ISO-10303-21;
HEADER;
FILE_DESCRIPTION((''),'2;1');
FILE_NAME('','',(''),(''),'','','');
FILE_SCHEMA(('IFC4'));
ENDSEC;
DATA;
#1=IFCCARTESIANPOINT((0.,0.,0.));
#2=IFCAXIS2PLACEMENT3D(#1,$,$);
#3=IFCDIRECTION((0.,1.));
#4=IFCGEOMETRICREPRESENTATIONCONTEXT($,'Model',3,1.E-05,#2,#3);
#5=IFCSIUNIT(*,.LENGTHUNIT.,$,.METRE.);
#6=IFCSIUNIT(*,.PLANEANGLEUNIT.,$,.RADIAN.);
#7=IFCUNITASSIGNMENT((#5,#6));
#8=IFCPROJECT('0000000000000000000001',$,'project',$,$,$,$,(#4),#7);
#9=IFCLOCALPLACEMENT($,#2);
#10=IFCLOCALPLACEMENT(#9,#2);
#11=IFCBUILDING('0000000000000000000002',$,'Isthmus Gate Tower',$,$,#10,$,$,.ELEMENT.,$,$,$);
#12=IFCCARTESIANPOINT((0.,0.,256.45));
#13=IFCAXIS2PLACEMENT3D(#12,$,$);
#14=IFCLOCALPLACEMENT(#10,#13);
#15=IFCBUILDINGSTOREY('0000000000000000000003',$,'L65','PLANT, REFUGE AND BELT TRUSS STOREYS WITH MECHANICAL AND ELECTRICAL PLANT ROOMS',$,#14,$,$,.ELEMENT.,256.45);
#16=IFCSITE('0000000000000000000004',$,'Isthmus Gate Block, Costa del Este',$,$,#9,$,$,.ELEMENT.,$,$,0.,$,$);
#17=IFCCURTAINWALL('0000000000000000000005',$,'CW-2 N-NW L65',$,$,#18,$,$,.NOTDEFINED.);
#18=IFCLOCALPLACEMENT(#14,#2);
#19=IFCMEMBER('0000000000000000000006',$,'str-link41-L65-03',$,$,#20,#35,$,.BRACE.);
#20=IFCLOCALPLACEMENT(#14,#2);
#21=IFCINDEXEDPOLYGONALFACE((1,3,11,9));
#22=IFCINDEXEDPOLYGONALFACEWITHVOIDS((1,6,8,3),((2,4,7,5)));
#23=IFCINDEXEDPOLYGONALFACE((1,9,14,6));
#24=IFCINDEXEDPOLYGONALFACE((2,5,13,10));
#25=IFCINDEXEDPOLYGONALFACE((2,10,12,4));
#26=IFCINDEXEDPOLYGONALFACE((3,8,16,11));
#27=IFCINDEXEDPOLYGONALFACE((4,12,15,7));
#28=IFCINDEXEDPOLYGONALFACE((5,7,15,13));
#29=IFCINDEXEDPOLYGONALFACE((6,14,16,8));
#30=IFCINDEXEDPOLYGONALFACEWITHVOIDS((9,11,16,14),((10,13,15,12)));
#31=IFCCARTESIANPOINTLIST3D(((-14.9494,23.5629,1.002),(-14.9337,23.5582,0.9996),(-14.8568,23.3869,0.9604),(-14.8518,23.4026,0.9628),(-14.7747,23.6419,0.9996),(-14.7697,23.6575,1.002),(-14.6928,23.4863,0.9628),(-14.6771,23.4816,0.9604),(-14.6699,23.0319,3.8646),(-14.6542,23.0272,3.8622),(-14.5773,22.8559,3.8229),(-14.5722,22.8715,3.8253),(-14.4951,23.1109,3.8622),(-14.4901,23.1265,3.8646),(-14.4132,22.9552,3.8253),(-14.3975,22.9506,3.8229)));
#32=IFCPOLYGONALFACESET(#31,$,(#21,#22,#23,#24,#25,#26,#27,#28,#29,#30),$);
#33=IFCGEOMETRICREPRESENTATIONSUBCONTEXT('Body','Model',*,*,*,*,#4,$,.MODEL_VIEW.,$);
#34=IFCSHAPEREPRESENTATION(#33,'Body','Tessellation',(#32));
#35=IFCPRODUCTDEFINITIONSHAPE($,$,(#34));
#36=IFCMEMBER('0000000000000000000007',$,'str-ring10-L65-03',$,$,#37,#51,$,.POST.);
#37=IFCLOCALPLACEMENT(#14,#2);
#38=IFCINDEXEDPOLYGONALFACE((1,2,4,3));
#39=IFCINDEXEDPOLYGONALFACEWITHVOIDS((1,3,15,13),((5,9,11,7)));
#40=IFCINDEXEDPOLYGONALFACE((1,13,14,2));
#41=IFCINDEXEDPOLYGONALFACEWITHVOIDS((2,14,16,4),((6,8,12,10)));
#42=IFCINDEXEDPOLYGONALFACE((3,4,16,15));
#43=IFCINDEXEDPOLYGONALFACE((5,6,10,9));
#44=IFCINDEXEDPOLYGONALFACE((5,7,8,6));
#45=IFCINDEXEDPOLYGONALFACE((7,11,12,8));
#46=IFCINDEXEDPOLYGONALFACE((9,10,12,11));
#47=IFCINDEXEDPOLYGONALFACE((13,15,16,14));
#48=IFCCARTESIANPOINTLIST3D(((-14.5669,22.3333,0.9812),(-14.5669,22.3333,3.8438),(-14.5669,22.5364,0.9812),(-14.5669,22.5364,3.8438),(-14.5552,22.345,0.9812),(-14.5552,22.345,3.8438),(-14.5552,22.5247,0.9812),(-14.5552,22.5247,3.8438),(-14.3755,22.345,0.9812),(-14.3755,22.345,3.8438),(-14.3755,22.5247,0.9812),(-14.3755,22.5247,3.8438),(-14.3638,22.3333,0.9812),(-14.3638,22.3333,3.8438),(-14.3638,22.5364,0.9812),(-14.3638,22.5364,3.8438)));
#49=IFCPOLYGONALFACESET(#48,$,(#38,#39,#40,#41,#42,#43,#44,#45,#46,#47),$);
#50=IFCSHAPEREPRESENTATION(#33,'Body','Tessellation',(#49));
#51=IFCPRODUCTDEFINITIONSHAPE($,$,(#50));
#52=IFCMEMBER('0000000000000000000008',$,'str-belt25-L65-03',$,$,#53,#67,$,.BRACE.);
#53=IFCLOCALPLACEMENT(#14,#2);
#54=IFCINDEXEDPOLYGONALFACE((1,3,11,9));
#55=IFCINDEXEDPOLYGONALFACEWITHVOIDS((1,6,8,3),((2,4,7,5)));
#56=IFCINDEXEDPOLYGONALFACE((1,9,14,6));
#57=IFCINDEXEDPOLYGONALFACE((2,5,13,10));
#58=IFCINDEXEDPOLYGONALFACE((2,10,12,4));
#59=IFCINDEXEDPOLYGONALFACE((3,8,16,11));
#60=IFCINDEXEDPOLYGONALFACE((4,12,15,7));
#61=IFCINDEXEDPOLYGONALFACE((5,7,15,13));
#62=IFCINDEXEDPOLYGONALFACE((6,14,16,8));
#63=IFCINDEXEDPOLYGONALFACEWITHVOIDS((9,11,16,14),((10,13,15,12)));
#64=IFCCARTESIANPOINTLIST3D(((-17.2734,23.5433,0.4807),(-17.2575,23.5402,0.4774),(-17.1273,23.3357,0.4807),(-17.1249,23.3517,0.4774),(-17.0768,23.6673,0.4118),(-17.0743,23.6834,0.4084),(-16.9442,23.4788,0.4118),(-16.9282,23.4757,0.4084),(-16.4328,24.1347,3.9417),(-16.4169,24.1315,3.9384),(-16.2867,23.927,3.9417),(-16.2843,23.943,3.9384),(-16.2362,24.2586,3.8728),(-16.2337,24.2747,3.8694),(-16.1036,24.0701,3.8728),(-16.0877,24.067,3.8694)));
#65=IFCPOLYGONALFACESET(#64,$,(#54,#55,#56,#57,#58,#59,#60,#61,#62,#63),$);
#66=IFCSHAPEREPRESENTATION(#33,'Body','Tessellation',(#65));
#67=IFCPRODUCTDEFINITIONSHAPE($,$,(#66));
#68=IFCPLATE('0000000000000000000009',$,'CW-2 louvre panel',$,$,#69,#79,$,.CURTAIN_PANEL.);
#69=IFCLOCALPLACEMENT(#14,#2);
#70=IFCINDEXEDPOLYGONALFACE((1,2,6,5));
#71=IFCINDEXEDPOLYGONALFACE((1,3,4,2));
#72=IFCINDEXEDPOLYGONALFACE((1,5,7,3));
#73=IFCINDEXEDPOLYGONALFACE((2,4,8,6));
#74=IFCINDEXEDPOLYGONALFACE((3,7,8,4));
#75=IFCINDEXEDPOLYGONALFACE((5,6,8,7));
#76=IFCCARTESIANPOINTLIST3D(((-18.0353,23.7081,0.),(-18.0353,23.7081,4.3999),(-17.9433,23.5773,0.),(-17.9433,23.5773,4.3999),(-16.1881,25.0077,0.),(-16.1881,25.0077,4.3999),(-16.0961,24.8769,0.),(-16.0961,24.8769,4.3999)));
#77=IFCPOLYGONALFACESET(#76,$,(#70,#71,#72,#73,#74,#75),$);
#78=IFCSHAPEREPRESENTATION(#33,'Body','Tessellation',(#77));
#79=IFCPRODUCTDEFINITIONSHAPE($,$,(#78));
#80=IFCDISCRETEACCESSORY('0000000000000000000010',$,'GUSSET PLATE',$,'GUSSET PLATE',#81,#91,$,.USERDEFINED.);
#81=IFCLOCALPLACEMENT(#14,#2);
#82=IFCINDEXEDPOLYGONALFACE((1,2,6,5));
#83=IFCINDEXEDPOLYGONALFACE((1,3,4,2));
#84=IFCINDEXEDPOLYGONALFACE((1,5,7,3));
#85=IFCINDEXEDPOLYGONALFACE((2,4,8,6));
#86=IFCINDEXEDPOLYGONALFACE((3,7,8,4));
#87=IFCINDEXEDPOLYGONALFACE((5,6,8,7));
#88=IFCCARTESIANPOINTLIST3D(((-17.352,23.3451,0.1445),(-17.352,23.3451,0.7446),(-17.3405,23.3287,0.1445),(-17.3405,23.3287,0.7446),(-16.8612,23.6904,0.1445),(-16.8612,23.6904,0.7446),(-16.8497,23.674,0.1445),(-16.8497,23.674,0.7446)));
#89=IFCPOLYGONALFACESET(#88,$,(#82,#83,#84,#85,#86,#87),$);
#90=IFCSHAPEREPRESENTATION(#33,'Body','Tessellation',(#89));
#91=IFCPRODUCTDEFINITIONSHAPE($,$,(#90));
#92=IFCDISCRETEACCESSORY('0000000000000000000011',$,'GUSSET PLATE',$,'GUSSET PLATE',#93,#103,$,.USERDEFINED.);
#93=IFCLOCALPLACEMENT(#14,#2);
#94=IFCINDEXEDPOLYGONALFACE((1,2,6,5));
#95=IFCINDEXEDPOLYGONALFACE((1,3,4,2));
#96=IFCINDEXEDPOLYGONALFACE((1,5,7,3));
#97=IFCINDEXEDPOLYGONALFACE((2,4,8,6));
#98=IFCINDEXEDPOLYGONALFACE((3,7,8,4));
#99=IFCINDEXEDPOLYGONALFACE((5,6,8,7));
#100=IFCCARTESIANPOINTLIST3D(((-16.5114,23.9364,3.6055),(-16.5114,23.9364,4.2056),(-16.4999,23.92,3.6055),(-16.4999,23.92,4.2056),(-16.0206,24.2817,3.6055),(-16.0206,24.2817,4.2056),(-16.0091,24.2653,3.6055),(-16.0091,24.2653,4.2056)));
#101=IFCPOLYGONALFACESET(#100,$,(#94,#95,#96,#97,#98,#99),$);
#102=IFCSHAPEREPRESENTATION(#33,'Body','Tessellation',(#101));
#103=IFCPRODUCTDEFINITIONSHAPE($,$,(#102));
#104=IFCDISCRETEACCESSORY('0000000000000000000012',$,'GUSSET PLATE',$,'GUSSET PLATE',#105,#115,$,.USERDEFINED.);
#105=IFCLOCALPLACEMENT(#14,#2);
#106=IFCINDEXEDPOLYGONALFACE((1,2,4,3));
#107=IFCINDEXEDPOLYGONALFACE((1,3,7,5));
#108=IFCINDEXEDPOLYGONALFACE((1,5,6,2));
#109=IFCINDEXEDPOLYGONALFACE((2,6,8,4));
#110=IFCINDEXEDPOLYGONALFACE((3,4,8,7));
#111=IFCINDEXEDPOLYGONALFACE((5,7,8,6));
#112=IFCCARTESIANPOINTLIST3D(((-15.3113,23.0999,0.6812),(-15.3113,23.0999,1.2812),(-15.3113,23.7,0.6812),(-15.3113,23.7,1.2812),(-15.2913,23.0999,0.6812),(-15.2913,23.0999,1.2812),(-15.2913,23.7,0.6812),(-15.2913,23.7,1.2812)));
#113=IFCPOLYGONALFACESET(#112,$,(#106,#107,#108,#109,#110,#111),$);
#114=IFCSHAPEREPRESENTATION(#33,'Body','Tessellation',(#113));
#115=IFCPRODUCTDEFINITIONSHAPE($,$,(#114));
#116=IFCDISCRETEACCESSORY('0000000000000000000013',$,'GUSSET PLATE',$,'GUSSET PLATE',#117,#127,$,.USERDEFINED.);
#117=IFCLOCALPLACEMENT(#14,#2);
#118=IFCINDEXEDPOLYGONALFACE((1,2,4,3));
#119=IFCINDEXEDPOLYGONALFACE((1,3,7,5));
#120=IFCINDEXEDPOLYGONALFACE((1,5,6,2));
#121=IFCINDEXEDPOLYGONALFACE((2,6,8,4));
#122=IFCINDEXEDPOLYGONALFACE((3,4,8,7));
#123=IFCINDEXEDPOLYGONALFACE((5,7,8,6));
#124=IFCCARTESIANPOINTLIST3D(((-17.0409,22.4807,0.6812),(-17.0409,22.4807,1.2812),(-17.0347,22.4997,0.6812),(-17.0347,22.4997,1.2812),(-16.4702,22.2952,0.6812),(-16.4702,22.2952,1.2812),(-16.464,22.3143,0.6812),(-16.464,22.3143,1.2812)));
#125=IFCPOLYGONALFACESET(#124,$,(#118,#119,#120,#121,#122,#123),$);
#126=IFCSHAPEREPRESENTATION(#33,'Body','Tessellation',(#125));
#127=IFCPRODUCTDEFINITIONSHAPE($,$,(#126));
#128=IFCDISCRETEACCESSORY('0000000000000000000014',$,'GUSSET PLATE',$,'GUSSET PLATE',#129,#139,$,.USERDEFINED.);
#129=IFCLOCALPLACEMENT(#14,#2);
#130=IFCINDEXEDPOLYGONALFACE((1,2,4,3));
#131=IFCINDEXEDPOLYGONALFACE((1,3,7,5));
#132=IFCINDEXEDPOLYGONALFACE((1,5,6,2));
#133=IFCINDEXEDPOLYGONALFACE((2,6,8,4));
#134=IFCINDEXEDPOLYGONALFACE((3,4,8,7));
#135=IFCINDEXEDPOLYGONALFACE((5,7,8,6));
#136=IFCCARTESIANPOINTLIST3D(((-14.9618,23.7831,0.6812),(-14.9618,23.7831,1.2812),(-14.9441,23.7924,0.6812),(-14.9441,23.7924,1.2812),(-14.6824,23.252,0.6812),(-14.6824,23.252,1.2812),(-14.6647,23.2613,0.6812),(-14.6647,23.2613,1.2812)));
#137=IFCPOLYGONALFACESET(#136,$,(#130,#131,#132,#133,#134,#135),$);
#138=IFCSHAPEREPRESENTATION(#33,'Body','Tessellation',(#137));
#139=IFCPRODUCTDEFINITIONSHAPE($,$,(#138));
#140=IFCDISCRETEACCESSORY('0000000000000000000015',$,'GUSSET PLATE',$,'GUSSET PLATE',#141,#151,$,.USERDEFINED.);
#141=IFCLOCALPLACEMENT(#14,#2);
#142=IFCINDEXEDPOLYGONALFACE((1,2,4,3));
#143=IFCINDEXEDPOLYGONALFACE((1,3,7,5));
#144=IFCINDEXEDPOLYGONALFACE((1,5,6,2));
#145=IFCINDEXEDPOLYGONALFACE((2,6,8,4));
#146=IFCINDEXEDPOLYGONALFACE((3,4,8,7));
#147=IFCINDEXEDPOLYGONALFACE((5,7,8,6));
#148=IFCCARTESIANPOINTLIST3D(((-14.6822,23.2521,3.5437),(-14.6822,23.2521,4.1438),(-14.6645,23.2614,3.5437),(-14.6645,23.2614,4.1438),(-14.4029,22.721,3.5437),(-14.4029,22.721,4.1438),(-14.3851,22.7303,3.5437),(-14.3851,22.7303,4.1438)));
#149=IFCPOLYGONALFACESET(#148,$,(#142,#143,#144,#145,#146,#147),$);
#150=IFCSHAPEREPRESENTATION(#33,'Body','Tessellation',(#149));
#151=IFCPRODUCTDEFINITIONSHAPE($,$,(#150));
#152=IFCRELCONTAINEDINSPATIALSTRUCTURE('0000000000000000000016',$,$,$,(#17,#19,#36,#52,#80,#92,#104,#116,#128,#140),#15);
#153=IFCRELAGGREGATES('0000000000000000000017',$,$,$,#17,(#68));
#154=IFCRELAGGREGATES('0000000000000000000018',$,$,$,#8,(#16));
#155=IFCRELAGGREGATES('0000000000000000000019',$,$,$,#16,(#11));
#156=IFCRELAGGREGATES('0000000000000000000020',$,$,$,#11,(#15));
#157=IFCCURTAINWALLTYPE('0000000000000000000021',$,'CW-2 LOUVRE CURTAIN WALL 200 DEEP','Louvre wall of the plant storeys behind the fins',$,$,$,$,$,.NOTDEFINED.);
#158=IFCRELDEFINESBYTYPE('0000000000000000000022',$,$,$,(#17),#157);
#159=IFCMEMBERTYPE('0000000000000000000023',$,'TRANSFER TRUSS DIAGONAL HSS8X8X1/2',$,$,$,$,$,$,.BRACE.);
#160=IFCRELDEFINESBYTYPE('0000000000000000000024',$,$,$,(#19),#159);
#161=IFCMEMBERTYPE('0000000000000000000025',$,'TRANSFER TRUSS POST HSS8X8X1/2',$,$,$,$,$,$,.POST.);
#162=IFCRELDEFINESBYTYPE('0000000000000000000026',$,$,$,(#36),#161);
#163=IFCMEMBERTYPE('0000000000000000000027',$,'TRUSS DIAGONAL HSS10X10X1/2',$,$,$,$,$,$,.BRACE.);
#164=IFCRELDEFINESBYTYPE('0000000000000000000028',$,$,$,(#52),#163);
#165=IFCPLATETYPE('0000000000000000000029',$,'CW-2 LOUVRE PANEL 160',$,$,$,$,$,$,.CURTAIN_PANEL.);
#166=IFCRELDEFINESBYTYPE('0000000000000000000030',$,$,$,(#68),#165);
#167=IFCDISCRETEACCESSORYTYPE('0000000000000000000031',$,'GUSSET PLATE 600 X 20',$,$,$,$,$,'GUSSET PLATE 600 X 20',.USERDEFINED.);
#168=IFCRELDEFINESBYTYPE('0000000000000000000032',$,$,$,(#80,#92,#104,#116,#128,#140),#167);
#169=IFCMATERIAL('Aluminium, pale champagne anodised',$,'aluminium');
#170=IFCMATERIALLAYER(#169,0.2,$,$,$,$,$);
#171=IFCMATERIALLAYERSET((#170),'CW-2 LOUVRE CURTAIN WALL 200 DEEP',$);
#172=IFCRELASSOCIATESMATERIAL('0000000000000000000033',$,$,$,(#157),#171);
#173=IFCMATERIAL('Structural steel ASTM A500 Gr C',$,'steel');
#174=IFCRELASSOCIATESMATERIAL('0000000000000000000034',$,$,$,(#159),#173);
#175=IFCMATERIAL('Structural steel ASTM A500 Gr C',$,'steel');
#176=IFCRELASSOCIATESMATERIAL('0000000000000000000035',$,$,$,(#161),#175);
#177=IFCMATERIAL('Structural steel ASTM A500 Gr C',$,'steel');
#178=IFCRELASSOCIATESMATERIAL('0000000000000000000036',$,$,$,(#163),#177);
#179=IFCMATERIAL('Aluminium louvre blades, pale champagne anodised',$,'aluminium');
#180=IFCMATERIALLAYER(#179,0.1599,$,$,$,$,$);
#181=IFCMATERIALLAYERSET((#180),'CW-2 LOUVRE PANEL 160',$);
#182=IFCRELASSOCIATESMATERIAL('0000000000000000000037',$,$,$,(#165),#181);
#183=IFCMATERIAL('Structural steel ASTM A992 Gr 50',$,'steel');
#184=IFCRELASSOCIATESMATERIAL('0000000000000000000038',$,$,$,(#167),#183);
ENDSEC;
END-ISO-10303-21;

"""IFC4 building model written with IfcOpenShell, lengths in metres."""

from ifc_helpers import new_model, si_unit, direction, frame, origin, origin_2d, place, context, subcontext, project, spatial, rectangle, hollow_rectangle, extrude, material, layer, layer_set, material_profile, profile_set, type_object, element, aggregate, save


model = new_model("IFC4")

# Units and contexts
model_context = context("Model", 3, precision=1e-05, world=origin(), true_north=direction((0.0, 1.0)))
body_context = subcontext(model_context, "Body", "Model", "MODEL_VIEW")
ifc_project = project(units=[si_unit("LENGTHUNIT", "METRE"), si_unit("PLANEANGLEUNIT", "RADIAN")], contexts=[model_context])

# Site, building, storey
site_placement = place(None, origin())
site = spatial("IfcSite", under=ifc_project, at=site_placement, Name="Isthmus Gate Block, Costa del Este", CompositionType="ELEMENT", RefElevation=0.0)
building_placement = place(site_placement, origin())
building = spatial("IfcBuilding", under=site, at=building_placement, Name="Isthmus Gate Tower", CompositionType="ELEMENT")
storey_placement = place(building_placement, frame((0.0, 0.0, 256.45)))
storey = spatial("IfcBuildingStorey", under=building, at=storey_placement, Name="L65", Description="PLANT, REFUGE AND BELT TRUSS STOREYS WITH MECHANICAL AND ELECTRICAL PLANT ROOMS", CompositionType="ELEMENT", Elevation=256.45)

# Curtain wall
ifc_material_1 = material(Name="Aluminium, pale champagne anodised", Category="aluminium")
ifc_layer_1 = layer(ifc_material_1, 0.2)
ifc_layer_set_1 = layer_set([ifc_layer_1], Name="CW-2 LOUVRE CURTAIN WALL 200 DEEP")
curtain_wall_type = type_object("IfcCurtainWallType", Name="CW-2 LOUVRE CURTAIN WALL 200 DEEP", Description="Louvre wall of the plant storeys behind the fins", PredefinedType="NOTDEFINED", material=ifc_layer_set_1)
curtain_wall_1_placement = place(storey_placement, origin())
curtain_wall_1 = element("IfcCurtainWall", 1, at=curtain_wall_1_placement, inside=storey, type_object=curtain_wall_type, Name="CW-2 N-NW L65", PredefinedType="NOTDEFINED")

# Members
ifc_material_2 = material(Name="Structural steel ASTM A500 Gr C", Category="steel")
ifc_material_profile_1 = material_profile(ifc_material_2, hollow_rectangle(XDim=0.2031, YDim=0.2031, WallThickness=0.0117, at=origin_2d()), Name="HSS8X8X1/2")
ifc_profile_set_1 = profile_set([ifc_material_profile_1], Name="Structural steel ASTM A500 Gr C")
member_type_1 = type_object("IfcMemberType", Name="TRANSFER TRUSS DIAGONAL HSS8X8X1/2", PredefinedType="BRACE", material=ifc_profile_set_1)
member_1_placement = place(storey_placement, frame((-14.8132, 23.5222, 0.9812), z_axis=(0.095577, -0.181555, 0.978725), x_axis=(0.884874, 0.46583, 0.0)))
element("IfcMember", 2, at=member_1_placement, inside=storey, type_object=member_type_1, Name="str-link41-L65-03", PredefinedType="BRACE", context=body_context, shape_type="SweptSolid", body=[
    extrude(hollow_rectangle(XDim=0.2031, YDim=0.2031, WallThickness=0.0117, at=origin_2d()), origin(), (0.0, 0.0, 1.0), 2.9248),
])
ifc_material_3 = material(Name="Structural steel ASTM A500 Gr C", Category="steel")
ifc_material_profile_2 = material_profile(ifc_material_3, hollow_rectangle(XDim=0.2031, YDim=0.2031, WallThickness=0.0117, at=origin_2d()), Name="HSS8X8X1/2")
ifc_profile_set_2 = profile_set([ifc_material_profile_2], Name="Structural steel ASTM A500 Gr C")
member_type_2 = type_object("IfcMemberType", Name="TRANSFER TRUSS POST HSS8X8X1/2", PredefinedType="POST", material=ifc_profile_set_2)
member_2_placement = place(storey_placement, frame((-14.4653, 22.4348, 0.9812), z_axis=(0.0, 0.0, 1.0), x_axis=(1.0, 0.0, 0.0)))
element("IfcMember", 3, at=member_2_placement, inside=storey, type_object=member_type_2, Name="str-ring10-L65-03", PredefinedType="POST", context=body_context, shape_type="SweptSolid", body=[
    extrude(hollow_rectangle(XDim=0.2031, YDim=0.2031, WallThickness=0.0117, at=origin_2d()), origin(), (0.0, 0.0, 1.0), 2.8625),
])
ifc_material_4 = material(Name="Structural steel ASTM A500 Gr C", Category="steel")
ifc_material_profile_3 = material_profile(ifc_material_4, hollow_rectangle(XDim=0.2539, YDim=0.2539, WallThickness=0.0117, at=origin_2d()), Name="HSS10X10X1/2")
ifc_profile_set_3 = profile_set([ifc_material_profile_3], Name="Structural steel ASTM A500 Gr C")
member_type_3 = type_object("IfcMemberType", Name="TRUSS DIAGONAL HSS10X10X1/2", PredefinedType="BRACE", material=ifc_profile_set_3)
member_3_placement = place(storey_placement, frame((-17.1008, 23.5095, 0.4446), z_axis=(0.232827, 0.163784, 0.958627), x_axis=(-0.575358, 0.817902, 0.0)))
element("IfcMember", 4, at=member_3_placement, inside=storey, type_object=member_type_3, Name="str-belt25-L65-03", PredefinedType="BRACE", context=body_context, shape_type="SweptSolid", body=[
    extrude(hollow_rectangle(XDim=0.2539, YDim=0.2539, WallThickness=0.0117, at=origin_2d()), origin(), (0.0, 0.0, 1.0), 3.6104),
])

# Plate
ifc_material_5 = material(Name="Aluminium louvre blades, pale champagne anodised", Category="aluminium")
ifc_layer_2 = layer(ifc_material_5, 0.1599)
ifc_layer_set_2 = layer_set([ifc_layer_2], Name="CW-2 LOUVRE PANEL 160")
plate_type = type_object("IfcPlateType", Name="CW-2 LOUVRE PANEL 160", PredefinedType="CURTAIN_PANEL", material=ifc_layer_set_2)
plate_placement = place(storey_placement, frame((-17.0657, 24.2925, 0.0), z_axis=(0.0, 0.0, 1.0), x_axis=(-0.81786, -0.575418, 0.0)))
plate = element("IfcPlate", 5, at=plate_placement, type_object=plate_type, Name="CW-2 louvre panel", PredefinedType="CURTAIN_PANEL", context=body_context, shape_type="SweptSolid", body=[
    extrude(rectangle(XDim=2.2585, YDim=0.1599, at=origin_2d()), origin(), (0.0, 0.0, 1.0), 4.3999),
])
aggregate(curtain_wall_1, [plate])

# Discrete accessories
ifc_material_6 = material(Name="Structural steel ASTM A992 Gr 50", Category="steel")
discrete_accessory_type = type_object("IfcDiscreteAccessoryType", Name="GUSSET PLATE 600 X 20", ElementType="GUSSET PLATE 600 X 20", PredefinedType="USERDEFINED", material=ifc_material_6)
for number, where, z_axis, x_axis, name in (
    (6, (-17.1008, 23.5095, 0.1445), (0.0, 0.0, 1.0), (0.81786, 0.575418, 0.0), "GUSSET PLATE"),
    (7, (-16.2603, 24.1008, 3.6055), (0.0, 0.0, 1.0), (0.81786, 0.575418, 0.0), "GUSSET PLATE"),
    (8, (-15.3013, 23.3999, 0.6812), (0.0, 0.0, 1.0), (0.0, -1.0, 0.0), "GUSSET PLATE"),
    (9, (-16.7524, 22.3975, 0.6812), (0.0, 0.0, 1.0), (0.951057, -0.309017, 0.0), "GUSSET PLATE"),
    (10, (-14.8132, 23.5222, 0.6812), (0.0, 0.0, 1.0), (0.46559, -0.885, 0.0), "GUSSET PLATE"),
    (11, (-14.5337, 22.9912, 3.5437), (0.0, 0.0, 1.0), (0.46559, -0.885, 0.0), "GUSSET PLATE"),
):
    element("IfcDiscreteAccessory", number, at=place(storey_placement, frame(where, z_axis=z_axis, x_axis=x_axis)), inside=storey, type_object=discrete_accessory_type, Name=name, ObjectType="GUSSET PLATE", PredefinedType="USERDEFINED", context=body_context, shape_type="SweptSolid", body=[
        extrude(rectangle(XDim=0.6001, YDim=0.02, at=origin_2d()), origin(), (0.0, 0.0, 1.0), 0.6001),
    ])

save(model, "model.ifc")
